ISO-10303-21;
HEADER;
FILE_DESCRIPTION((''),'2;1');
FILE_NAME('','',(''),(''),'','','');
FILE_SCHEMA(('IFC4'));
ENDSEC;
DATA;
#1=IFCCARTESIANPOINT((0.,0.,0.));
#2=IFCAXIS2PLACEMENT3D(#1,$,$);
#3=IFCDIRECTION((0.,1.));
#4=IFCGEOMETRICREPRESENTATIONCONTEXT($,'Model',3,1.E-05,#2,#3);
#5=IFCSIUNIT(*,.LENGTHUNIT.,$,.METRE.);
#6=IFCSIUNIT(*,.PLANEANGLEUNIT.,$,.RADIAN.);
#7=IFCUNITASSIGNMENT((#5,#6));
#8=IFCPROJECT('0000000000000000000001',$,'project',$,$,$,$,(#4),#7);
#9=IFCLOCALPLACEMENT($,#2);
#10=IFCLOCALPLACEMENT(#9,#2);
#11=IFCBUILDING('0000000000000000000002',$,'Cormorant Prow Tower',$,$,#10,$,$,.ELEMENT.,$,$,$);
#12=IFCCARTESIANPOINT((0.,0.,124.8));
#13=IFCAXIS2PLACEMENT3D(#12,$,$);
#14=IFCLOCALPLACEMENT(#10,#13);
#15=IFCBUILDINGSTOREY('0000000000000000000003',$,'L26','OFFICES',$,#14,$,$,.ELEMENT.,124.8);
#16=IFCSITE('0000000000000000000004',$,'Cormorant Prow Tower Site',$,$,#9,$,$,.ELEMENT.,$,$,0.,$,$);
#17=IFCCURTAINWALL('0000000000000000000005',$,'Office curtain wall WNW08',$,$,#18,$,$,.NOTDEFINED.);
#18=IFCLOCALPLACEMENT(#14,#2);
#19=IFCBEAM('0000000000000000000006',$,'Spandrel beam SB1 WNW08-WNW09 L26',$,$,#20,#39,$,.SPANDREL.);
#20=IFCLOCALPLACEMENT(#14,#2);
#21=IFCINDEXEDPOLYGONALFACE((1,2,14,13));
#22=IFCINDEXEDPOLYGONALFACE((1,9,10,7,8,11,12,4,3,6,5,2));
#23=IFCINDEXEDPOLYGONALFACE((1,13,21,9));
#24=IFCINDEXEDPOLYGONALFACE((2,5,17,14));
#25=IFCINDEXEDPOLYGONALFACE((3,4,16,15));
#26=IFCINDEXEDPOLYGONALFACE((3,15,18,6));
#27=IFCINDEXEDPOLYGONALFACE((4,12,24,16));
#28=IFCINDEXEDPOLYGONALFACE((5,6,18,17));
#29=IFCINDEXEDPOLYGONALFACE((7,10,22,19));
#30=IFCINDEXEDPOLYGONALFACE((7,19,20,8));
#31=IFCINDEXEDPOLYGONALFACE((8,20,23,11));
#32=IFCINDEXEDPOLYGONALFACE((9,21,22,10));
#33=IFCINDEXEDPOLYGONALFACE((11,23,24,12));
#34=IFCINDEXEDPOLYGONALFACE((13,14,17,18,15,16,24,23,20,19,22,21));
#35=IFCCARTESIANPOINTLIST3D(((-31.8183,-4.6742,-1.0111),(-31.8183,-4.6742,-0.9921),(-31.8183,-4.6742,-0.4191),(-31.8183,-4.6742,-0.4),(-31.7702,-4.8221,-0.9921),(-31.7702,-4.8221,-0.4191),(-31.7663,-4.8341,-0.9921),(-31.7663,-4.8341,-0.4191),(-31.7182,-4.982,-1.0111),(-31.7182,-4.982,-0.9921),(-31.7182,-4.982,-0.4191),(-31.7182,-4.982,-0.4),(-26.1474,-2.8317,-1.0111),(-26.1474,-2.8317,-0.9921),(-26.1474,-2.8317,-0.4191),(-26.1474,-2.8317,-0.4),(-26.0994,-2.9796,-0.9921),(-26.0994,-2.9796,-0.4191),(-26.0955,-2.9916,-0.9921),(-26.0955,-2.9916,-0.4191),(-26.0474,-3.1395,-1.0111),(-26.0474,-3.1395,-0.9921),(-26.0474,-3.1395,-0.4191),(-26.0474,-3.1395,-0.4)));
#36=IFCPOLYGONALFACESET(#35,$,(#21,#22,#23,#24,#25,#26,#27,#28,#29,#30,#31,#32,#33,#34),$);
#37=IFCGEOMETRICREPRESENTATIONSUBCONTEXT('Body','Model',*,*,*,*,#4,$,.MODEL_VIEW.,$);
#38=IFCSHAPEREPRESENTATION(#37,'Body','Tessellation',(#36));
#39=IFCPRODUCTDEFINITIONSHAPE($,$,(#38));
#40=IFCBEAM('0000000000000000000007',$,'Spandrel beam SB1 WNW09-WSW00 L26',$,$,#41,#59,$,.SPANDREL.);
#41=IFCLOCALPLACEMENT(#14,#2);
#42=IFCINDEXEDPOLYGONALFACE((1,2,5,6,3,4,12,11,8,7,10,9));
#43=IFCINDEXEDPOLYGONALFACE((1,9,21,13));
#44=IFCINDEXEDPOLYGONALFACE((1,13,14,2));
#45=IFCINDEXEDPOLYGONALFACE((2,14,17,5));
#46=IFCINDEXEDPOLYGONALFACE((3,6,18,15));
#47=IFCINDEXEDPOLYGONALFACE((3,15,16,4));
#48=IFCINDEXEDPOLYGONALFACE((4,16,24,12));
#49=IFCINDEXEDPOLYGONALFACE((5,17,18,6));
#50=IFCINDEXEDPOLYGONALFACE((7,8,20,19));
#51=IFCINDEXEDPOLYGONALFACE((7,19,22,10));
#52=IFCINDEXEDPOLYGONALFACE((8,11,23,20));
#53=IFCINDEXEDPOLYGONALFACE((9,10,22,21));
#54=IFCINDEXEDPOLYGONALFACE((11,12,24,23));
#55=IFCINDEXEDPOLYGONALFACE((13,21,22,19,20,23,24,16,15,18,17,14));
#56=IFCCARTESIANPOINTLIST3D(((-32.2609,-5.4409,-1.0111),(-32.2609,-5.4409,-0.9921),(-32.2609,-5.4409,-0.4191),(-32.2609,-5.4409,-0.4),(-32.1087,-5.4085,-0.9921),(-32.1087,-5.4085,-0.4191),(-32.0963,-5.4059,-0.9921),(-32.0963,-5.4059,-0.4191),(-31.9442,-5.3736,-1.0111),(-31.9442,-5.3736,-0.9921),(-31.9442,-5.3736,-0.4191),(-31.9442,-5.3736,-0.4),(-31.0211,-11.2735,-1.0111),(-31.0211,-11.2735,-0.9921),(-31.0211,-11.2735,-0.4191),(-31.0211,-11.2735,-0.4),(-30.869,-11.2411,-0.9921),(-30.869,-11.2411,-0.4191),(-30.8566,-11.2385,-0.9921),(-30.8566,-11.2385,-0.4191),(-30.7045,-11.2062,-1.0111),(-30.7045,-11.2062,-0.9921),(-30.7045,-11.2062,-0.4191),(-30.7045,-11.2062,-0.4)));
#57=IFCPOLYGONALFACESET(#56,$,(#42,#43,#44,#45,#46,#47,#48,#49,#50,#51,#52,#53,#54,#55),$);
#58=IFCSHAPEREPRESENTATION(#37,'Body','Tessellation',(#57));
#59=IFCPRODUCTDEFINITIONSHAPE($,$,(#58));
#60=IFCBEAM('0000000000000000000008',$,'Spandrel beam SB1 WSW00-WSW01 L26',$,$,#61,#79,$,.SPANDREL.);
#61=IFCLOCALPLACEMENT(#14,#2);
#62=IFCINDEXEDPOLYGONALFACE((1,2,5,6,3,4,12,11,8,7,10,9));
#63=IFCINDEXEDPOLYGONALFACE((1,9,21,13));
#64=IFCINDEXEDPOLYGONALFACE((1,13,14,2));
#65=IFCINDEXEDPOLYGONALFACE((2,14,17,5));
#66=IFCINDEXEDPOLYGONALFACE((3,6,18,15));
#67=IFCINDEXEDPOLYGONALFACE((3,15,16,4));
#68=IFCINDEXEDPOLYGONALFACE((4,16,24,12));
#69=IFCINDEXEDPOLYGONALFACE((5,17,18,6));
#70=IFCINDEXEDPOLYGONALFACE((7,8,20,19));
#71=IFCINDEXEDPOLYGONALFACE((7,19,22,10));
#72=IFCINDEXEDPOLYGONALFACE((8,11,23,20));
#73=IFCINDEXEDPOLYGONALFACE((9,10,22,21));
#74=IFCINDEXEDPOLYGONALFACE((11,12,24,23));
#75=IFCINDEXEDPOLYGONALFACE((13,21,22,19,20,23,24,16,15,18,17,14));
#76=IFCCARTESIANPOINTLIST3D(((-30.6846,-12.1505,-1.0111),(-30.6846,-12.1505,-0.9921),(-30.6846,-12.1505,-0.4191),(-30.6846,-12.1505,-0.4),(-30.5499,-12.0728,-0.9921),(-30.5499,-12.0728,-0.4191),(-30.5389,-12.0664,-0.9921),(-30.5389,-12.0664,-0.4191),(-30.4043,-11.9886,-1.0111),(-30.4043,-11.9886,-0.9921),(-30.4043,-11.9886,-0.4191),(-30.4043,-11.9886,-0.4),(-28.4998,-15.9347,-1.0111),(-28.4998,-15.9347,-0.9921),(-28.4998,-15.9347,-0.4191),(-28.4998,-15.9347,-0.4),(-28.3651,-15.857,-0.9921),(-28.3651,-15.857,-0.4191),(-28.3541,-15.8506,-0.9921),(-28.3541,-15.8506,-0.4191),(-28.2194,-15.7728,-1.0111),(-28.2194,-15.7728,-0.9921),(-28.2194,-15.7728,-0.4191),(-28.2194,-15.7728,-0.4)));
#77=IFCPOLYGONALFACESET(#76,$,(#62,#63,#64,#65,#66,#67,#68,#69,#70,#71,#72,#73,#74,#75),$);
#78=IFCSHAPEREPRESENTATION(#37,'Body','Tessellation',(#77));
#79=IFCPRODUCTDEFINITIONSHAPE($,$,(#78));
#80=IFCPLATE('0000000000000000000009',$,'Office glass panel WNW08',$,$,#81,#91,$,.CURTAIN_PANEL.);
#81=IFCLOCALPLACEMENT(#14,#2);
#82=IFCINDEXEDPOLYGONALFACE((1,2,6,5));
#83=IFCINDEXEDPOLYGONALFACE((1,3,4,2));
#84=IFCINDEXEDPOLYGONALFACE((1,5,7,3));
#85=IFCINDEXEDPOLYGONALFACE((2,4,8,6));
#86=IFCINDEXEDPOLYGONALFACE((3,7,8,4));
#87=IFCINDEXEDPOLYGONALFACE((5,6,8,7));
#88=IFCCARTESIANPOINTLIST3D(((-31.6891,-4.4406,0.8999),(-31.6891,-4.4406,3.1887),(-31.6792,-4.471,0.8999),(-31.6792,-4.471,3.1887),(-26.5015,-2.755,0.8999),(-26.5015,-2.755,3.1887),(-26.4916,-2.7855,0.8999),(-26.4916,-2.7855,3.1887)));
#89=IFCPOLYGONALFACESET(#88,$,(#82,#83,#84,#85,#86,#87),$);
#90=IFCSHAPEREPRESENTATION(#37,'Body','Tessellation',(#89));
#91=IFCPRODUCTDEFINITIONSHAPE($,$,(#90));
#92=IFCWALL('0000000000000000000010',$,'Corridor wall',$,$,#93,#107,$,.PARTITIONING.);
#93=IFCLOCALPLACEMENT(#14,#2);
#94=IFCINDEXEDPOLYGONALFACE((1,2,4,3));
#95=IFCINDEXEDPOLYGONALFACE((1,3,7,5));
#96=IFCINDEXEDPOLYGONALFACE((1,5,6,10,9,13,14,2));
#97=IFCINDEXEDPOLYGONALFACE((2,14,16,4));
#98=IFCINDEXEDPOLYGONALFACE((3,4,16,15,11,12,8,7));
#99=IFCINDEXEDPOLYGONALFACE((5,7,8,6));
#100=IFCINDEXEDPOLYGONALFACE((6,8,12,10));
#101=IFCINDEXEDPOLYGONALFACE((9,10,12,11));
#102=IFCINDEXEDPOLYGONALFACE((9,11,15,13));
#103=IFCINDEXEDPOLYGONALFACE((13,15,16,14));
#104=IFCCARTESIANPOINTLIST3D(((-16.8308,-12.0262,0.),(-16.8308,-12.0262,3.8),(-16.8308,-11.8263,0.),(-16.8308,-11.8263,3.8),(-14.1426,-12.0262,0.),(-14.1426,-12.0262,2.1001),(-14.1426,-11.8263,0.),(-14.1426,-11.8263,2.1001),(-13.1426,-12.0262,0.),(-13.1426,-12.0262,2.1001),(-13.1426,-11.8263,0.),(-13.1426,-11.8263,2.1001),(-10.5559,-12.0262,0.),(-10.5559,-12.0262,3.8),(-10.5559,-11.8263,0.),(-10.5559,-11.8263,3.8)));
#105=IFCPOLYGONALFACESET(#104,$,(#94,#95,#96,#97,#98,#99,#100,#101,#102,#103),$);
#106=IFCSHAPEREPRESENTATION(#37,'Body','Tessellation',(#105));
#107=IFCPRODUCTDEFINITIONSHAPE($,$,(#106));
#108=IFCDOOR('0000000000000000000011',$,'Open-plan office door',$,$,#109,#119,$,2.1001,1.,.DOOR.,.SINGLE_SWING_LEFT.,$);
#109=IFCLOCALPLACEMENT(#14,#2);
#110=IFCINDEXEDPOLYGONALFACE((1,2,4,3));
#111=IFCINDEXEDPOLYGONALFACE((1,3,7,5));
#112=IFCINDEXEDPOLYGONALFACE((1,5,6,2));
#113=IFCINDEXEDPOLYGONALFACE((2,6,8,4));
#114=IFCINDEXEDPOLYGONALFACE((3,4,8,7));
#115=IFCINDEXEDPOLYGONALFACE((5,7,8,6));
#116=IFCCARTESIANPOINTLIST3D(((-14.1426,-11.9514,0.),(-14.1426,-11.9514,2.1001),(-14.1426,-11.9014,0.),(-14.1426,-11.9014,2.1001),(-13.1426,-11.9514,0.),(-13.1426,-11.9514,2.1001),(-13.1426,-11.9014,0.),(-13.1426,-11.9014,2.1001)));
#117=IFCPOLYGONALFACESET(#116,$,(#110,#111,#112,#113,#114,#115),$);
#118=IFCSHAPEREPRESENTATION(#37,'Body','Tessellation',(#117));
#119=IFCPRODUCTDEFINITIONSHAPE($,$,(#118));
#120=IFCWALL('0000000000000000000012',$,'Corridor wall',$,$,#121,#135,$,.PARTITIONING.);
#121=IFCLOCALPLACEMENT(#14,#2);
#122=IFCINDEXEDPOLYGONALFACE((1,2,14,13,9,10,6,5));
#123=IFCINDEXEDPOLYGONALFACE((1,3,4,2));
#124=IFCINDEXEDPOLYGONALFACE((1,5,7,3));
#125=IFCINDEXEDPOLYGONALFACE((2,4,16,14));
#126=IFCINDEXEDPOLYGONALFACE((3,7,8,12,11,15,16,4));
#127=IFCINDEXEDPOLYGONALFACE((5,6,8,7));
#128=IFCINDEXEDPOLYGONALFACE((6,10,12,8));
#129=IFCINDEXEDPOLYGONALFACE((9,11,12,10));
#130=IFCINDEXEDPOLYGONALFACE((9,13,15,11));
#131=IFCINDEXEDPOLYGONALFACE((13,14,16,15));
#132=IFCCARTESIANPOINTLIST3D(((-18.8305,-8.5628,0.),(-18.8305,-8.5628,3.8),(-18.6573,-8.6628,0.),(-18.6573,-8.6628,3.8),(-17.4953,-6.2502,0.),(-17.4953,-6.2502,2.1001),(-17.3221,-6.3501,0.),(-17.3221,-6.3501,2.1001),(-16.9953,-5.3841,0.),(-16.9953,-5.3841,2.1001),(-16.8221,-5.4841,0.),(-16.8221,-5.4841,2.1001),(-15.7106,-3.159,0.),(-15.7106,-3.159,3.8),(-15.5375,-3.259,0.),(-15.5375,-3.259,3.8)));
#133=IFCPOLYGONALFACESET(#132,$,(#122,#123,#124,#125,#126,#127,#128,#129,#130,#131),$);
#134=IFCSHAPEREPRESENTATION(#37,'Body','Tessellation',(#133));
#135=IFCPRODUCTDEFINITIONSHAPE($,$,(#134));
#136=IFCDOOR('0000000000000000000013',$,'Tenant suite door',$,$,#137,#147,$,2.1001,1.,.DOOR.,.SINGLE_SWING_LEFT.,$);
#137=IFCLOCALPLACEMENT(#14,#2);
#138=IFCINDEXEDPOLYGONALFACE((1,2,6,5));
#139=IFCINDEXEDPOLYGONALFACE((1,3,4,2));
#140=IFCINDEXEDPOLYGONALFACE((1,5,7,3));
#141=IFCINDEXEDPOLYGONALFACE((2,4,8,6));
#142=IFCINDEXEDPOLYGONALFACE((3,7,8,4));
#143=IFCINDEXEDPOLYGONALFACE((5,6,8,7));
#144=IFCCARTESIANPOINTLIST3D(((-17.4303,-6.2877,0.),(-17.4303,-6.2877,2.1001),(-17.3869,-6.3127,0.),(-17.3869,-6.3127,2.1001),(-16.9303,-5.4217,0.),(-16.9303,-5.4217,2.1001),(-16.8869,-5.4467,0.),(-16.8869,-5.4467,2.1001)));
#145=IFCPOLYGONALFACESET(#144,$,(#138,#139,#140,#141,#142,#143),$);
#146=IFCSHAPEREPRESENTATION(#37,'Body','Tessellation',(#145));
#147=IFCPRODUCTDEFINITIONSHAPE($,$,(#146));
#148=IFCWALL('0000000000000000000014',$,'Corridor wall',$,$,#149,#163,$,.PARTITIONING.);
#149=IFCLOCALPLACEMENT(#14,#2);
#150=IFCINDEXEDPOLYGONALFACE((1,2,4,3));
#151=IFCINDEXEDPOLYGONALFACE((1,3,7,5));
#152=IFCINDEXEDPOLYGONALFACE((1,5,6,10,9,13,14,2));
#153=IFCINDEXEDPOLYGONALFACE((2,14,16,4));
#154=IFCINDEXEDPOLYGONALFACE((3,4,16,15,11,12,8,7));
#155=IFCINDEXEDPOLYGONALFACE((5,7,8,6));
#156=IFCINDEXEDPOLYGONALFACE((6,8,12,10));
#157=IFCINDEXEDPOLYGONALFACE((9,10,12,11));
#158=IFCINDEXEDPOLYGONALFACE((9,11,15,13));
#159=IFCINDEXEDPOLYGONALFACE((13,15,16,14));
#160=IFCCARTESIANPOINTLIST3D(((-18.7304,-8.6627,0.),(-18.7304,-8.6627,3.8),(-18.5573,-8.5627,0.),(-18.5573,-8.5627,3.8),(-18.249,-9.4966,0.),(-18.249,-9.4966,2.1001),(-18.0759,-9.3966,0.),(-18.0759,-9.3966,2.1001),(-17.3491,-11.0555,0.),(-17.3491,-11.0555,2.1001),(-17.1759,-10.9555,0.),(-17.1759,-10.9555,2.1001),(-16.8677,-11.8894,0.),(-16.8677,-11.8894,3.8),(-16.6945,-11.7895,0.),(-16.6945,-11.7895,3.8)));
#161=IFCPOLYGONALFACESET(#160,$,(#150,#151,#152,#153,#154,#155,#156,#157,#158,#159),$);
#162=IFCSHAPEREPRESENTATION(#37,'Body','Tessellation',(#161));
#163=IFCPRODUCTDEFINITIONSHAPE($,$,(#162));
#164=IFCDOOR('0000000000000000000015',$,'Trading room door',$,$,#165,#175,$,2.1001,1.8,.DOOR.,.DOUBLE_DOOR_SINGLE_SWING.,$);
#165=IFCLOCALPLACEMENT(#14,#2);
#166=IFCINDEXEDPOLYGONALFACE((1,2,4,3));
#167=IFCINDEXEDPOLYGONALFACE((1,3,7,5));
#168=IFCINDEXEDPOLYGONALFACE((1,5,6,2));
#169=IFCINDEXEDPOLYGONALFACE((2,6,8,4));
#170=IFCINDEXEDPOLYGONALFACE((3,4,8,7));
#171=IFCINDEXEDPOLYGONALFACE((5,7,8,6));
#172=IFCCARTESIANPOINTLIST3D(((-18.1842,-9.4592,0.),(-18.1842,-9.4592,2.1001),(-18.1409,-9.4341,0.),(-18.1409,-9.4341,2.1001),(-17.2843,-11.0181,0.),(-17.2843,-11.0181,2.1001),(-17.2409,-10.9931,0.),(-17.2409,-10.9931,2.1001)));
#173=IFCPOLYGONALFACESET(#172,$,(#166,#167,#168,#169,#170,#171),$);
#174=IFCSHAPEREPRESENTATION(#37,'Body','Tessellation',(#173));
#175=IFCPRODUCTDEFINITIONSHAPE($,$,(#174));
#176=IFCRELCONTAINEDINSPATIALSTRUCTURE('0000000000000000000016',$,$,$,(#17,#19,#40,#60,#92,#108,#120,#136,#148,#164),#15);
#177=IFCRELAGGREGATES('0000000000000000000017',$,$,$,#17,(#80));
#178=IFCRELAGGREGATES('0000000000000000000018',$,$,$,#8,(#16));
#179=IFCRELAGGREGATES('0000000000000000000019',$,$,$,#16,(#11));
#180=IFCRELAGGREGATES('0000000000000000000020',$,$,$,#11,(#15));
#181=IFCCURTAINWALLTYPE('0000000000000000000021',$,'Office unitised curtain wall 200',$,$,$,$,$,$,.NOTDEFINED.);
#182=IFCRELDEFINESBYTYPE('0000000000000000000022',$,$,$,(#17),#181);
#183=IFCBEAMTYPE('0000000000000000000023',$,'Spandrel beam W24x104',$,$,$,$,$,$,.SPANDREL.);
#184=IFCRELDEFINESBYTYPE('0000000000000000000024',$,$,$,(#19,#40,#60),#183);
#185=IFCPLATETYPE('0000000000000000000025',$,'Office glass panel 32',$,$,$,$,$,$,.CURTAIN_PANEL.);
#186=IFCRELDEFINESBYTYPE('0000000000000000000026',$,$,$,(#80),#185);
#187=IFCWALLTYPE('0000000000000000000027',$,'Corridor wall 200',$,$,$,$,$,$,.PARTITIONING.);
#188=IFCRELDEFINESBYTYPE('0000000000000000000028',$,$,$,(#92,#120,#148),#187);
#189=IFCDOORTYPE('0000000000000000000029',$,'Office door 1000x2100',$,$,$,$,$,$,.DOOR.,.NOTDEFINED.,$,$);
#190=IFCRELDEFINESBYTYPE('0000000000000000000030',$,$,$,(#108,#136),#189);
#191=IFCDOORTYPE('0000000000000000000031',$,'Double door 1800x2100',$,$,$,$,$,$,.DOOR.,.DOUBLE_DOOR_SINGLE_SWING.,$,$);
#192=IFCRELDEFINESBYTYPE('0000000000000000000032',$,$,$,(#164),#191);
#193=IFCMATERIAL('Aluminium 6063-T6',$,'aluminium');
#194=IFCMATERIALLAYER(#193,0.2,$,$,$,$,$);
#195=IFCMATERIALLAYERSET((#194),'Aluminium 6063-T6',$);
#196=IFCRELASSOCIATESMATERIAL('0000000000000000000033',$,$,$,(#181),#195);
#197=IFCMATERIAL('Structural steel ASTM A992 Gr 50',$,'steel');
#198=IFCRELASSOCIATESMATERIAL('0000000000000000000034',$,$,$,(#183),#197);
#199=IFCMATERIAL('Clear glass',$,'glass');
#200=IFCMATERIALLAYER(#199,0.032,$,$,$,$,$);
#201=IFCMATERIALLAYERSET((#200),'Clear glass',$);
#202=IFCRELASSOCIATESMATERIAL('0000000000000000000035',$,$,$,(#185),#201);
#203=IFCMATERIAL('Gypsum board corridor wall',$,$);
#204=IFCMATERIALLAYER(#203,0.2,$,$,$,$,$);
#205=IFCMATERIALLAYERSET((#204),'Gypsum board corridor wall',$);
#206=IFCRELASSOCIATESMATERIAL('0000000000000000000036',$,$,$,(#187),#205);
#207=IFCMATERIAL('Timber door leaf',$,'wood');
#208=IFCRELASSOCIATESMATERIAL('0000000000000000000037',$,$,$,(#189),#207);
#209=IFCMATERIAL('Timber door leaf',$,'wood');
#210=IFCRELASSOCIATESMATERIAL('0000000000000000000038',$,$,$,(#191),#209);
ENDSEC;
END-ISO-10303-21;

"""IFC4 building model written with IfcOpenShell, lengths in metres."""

from ifc_helpers import new_model, si_unit, direction, frame, frame_2d, origin, origin_2d, place, context, subcontext, project, spatial, rectangle, i_section, extrude, material, layer, layer_set, material_profile, profile_set, type_object, element, fill, aggregate, save


model = new_model("IFC4")

# Units and contexts
model_context = context("Model", 3, precision=1e-05, world=origin(), true_north=direction((0.0, 1.0)))
body_context = subcontext(model_context, "Body", "Model", "MODEL_VIEW")
ifc_project = project(units=[si_unit("LENGTHUNIT", "METRE"), si_unit("PLANEANGLEUNIT", "RADIAN")], contexts=[model_context])

# Site, building, storey
site_placement = place(None, origin())
site = spatial("IfcSite", under=ifc_project, at=site_placement, Name="Cormorant Prow Tower Site", CompositionType="ELEMENT", RefElevation=0.0)
building_placement = place(site_placement, origin())
building = spatial("IfcBuilding", under=site, at=building_placement, Name="Cormorant Prow Tower", CompositionType="ELEMENT")
storey_placement = place(building_placement, frame((0.0, 0.0, 124.8)))
storey = spatial("IfcBuildingStorey", under=building, at=storey_placement, Name="L26", Description="OFFICES", CompositionType="ELEMENT", Elevation=124.8)

# Curtain wall
ifc_material_1 = material(Name="Aluminium 6063-T6", Category="aluminium")
ifc_layer_1 = layer(ifc_material_1, 0.2)
ifc_layer_set_1 = layer_set([ifc_layer_1], Name="Aluminium 6063-T6")
curtain_wall_type = type_object("IfcCurtainWallType", Name="Office unitised curtain wall 200", PredefinedType="NOTDEFINED", material=ifc_layer_set_1)
curtain_wall_placement = place(storey_placement, origin())
curtain_wall = element("IfcCurtainWall", 1, at=curtain_wall_placement, inside=storey, type_object=curtain_wall_type, Name="Office curtain wall WNW08", PredefinedType="NOTDEFINED")

# Beams
ifc_material_2 = material(Name="Structural steel ASTM A992 Gr 50", Category="steel")
ifc_material_profile_1 = material_profile(ifc_material_2, i_section(OverallWidth=0.3237, OverallDepth=0.6111, WebThickness=0.0127, FlangeThickness=0.019, at=origin_2d()), Name="W24x104")
ifc_profile_set_1 = profile_set([ifc_material_profile_1], Name="Structural steel ASTM A992 Gr 50")
beam_type_1 = type_object("IfcBeamType", Name="Spandrel beam W24x104", PredefinedType="SPANDREL", material=ifc_profile_set_1)
beam_1_placement = place(storey_placement, frame((-26.0974, -2.9856, -0.7056), z_axis=(-0.951059, -0.309008, 0.0), x_axis=(0.309008, -0.951059, 0.0)))
element("IfcBeam", 2, at=beam_1_placement, inside=storey, type_object=beam_type_1, Name="Spandrel beam SB1 WNW08-WNW09 L26", PredefinedType="SPANDREL", context=body_context, shape_type="SweptSolid", body=[
    extrude(i_section(OverallWidth=0.3237, OverallDepth=0.6111, WebThickness=0.0127, FlangeThickness=0.019, at=origin_2d()), origin(), (0.0, 0.0, 1.0), 5.9626),
])
beam_2_placement = place(storey_placement, frame((-32.1025, -5.4072, -0.7056), z_axis=(0.207913, -0.978147, 0.0), x_axis=(0.978147, 0.207913, 0.0)))
element("IfcBeam", 3, at=beam_2_placement, inside=storey, type_object=beam_type_1, Name="Spandrel beam SB1 WNW09-WSW00 L26", PredefinedType="SPANDREL", context=body_context, shape_type="SweptSolid", body=[
    extrude(i_section(OverallWidth=0.3237, OverallDepth=0.6111, WebThickness=0.0127, FlangeThickness=0.019, at=origin_2d()), origin(), (0.0, 0.0, 1.0), 5.9629),
])
beam_3_placement = place(storey_placement, frame((-30.5444, -12.0696, -0.7056), z_axis=(0.500003, -0.866024, 0.0), x_axis=(0.866024, 0.500003, 0.0)))
element("IfcBeam", 4, at=beam_3_placement, inside=storey, type_object=beam_type_1, Name="Spandrel beam SB1 WSW00-WSW01 L26", PredefinedType="SPANDREL", context=body_context, shape_type="SweptSolid", body=[
    extrude(i_section(OverallWidth=0.3237, OverallDepth=0.6111, WebThickness=0.0127, FlangeThickness=0.019, at=origin_2d()), origin(), (0.0, 0.0, 1.0), 4.3696),
])

# Plate
ifc_material_3 = material(Name="Clear glass", Category="glass")
ifc_layer_2 = layer(ifc_material_3, 0.032)
ifc_layer_set_2 = layer_set([ifc_layer_2], Name="Clear glass")
plate_type = type_object("IfcPlateType", Name="Office glass panel 32", PredefinedType="CURTAIN_PANEL", material=ifc_layer_set_2)
plate_placement = place(storey_placement, frame((-29.0903, -3.613, 0.8999), z_axis=(0.0, 0.0, 1.0), x_axis=(-0.951056, -0.309017, 0.0)))
plate = element("IfcPlate", 5, at=plate_placement, type_object=plate_type, Name="Office glass panel WNW08", PredefinedType="CURTAIN_PANEL", context=body_context, shape_type="SweptSolid", body=[
    extrude(rectangle(XDim=5.4546, YDim=0.032, at=origin_2d()), origin(), (0.0, 0.0, 1.0), 2.2888),
])
aggregate(curtain_wall, [plate])

# Walls, openings, doors
ifc_material_4 = material(Name="Gypsum board corridor wall")
ifc_layer_3 = layer(ifc_material_4, 0.2)
ifc_layer_set_3 = layer_set([ifc_layer_3], Name="Gypsum board corridor wall")
wall_type_1 = type_object("IfcWallType", Name="Corridor wall 200", PredefinedType="PARTITIONING", material=ifc_layer_set_3)
wall_1_placement = place(storey_placement, frame((-16.8308, -11.9263, 0.0), z_axis=(0.0, 0.0, 1.0), x_axis=(1.0, 0.0, 0.0)))
wall_1 = element("IfcWall", 6, at=wall_1_placement, inside=storey, type_object=wall_type_1, Name="Corridor wall", PredefinedType="PARTITIONING", context=body_context, shape_type="SweptSolid", body=[
    extrude(rectangle(XDim=6.2749, YDim=0.2, at=frame_2d((3.1375, 0.0))), origin(), (0.0, 0.0, 1.0), 3.8),
])
opening_1_placement = place(wall_1_placement, frame((2.6882, 0.0, 0.0)))
opening_1 = element("IfcOpeningElement", 7, at=opening_1_placement, cuts=wall_1, PredefinedType="OPENING", context=body_context, shape_type="SweptSolid", body=[
    extrude(rectangle(XDim=1.0, YDim=2.1001, at=frame_2d((0.5, 1.05))), frame((0.0, 0.1099, 0.0), z_axis=(0.0, -1.0, 0.0), x_axis=(1.0, 0.0, 0.0)), (0.0, 0.0, 1.0), 0.22),
])
ifc_material_5 = material(Name="Timber door leaf", Category="wood")
door_type_1 = type_object("IfcDoorType", Name="Office door 1000x2100", OperationType="NOTDEFINED", PredefinedType="DOOR", material=ifc_material_5)
door_1_placement = place(opening_1_placement, origin())
door_1 = element("IfcDoor", 8, at=door_1_placement, inside=storey, type_object=door_type_1, Name="Open-plan office door", OperationType="SINGLE_SWING_LEFT", OverallHeight=2.1001, OverallWidth=1.0, PredefinedType="DOOR", context=body_context, shape_type="SweptSolid", body=[
    extrude(rectangle(XDim=1.0, YDim=2.1001, at=frame_2d((0.5, 1.05))), frame((0.0, 0.0249, 0.0), z_axis=(0.0, -1.0, 0.0), x_axis=(1.0, 0.0, 0.0)), (0.0, 0.0, 1.0), 0.05),
])
fill(opening_1, door_1)
wall_2_placement = place(storey_placement, frame((-18.7439, -8.6128, 0.0), z_axis=(0.0, 0.0, 1.0), x_axis=(0.499998, 0.866027, 0.0)))
wall_2 = element("IfcWall", 9, at=wall_2_placement, inside=storey, type_object=wall_type_1, Name="Corridor wall", PredefinedType="PARTITIONING", context=body_context, shape_type="SweptSolid", body=[
    extrude(rectangle(XDim=6.2397, YDim=0.2, at=frame_2d((3.1199, 0.0))), origin(), (0.0, 0.0, 1.0), 3.8),
])
opening_2_placement = place(wall_2_placement, frame((2.6704, 0.0, 0.0)))
opening_2 = element("IfcOpeningElement", 10, at=opening_2_placement, cuts=wall_2, PredefinedType="OPENING", context=body_context, shape_type="SweptSolid", body=[
    extrude(rectangle(XDim=1.0, YDim=2.1001, at=frame_2d((0.5, 1.05))), frame((0.0, 0.1099, 0.0), z_axis=(0.0, -1.0, 0.0), x_axis=(1.0, 0.0, 0.0)), (0.0, 0.0, 1.0), 0.22),
])
door_2_placement = place(opening_2_placement, origin())
door_2 = element("IfcDoor", 11, at=door_2_placement, inside=storey, type_object=door_type_1, Name="Tenant suite door", OperationType="SINGLE_SWING_LEFT", OverallHeight=2.1001, OverallWidth=1.0, PredefinedType="DOOR", context=body_context, shape_type="SweptSolid", body=[
    extrude(rectangle(XDim=1.0, YDim=2.1001, at=frame_2d((0.5, 1.05))), frame((0.0, 0.0249, 0.0), z_axis=(0.0, -1.0, 0.0), x_axis=(1.0, 0.0, 0.0)), (0.0, 0.0, 1.0), 0.05),
])
fill(opening_2, door_2)
wall_3_placement = place(storey_placement, frame((-18.6438, -8.6128, 0.0), z_axis=(0.0, 0.0, 1.0), x_axis=(0.499959, -0.866049, 0.0)))
wall_3 = element("IfcWall", 12, at=wall_3_placement, inside=storey, type_object=wall_type_1, Name="Corridor wall", PredefinedType="PARTITIONING", context=body_context, shape_type="SweptSolid", body=[
    extrude(rectangle(XDim=3.7258, YDim=0.2, at=frame_2d((1.8628, 0.0))), origin(), (0.0, 0.0, 1.0), 3.8),
])
opening_3_placement = place(wall_3_placement, frame((0.9629, 0.0, 0.0)))
opening_3 = element("IfcOpeningElement", 13, at=opening_3_placement, cuts=wall_3, PredefinedType="OPENING", context=body_context, shape_type="SweptSolid", body=[
    extrude(rectangle(XDim=1.8, YDim=2.1001, at=frame_2d((0.8999, 1.05))), frame((0.0, 0.1099, 0.0), z_axis=(0.0, -1.0, 0.0), x_axis=(1.0, 0.0, 0.0)), (0.0, 0.0, 1.0), 0.22),
])
ifc_material_6 = material(Name="Timber door leaf", Category="wood")
door_type_2 = type_object("IfcDoorType", Name="Double door 1800x2100", OperationType="DOUBLE_DOOR_SINGLE_SWING", PredefinedType="DOOR", material=ifc_material_6)
door_3_placement = place(opening_3_placement, origin())
door_3 = element("IfcDoor", 14, at=door_3_placement, inside=storey, type_object=door_type_2, Name="Trading room door", OperationType="DOUBLE_DOOR_SINGLE_SWING", OverallHeight=2.1001, OverallWidth=1.8, PredefinedType="DOOR", context=body_context, shape_type="SweptSolid", body=[
    extrude(rectangle(XDim=1.8, YDim=2.1001, at=frame_2d((0.8999, 1.05))), frame((0.0, 0.0249, 0.0), z_axis=(0.0, -1.0, 0.0), x_axis=(1.0, 0.0, 0.0)), (0.0, 0.0, 1.0), 0.05),
])
fill(opening_3, door_3)

save(model, "model.ifc")
